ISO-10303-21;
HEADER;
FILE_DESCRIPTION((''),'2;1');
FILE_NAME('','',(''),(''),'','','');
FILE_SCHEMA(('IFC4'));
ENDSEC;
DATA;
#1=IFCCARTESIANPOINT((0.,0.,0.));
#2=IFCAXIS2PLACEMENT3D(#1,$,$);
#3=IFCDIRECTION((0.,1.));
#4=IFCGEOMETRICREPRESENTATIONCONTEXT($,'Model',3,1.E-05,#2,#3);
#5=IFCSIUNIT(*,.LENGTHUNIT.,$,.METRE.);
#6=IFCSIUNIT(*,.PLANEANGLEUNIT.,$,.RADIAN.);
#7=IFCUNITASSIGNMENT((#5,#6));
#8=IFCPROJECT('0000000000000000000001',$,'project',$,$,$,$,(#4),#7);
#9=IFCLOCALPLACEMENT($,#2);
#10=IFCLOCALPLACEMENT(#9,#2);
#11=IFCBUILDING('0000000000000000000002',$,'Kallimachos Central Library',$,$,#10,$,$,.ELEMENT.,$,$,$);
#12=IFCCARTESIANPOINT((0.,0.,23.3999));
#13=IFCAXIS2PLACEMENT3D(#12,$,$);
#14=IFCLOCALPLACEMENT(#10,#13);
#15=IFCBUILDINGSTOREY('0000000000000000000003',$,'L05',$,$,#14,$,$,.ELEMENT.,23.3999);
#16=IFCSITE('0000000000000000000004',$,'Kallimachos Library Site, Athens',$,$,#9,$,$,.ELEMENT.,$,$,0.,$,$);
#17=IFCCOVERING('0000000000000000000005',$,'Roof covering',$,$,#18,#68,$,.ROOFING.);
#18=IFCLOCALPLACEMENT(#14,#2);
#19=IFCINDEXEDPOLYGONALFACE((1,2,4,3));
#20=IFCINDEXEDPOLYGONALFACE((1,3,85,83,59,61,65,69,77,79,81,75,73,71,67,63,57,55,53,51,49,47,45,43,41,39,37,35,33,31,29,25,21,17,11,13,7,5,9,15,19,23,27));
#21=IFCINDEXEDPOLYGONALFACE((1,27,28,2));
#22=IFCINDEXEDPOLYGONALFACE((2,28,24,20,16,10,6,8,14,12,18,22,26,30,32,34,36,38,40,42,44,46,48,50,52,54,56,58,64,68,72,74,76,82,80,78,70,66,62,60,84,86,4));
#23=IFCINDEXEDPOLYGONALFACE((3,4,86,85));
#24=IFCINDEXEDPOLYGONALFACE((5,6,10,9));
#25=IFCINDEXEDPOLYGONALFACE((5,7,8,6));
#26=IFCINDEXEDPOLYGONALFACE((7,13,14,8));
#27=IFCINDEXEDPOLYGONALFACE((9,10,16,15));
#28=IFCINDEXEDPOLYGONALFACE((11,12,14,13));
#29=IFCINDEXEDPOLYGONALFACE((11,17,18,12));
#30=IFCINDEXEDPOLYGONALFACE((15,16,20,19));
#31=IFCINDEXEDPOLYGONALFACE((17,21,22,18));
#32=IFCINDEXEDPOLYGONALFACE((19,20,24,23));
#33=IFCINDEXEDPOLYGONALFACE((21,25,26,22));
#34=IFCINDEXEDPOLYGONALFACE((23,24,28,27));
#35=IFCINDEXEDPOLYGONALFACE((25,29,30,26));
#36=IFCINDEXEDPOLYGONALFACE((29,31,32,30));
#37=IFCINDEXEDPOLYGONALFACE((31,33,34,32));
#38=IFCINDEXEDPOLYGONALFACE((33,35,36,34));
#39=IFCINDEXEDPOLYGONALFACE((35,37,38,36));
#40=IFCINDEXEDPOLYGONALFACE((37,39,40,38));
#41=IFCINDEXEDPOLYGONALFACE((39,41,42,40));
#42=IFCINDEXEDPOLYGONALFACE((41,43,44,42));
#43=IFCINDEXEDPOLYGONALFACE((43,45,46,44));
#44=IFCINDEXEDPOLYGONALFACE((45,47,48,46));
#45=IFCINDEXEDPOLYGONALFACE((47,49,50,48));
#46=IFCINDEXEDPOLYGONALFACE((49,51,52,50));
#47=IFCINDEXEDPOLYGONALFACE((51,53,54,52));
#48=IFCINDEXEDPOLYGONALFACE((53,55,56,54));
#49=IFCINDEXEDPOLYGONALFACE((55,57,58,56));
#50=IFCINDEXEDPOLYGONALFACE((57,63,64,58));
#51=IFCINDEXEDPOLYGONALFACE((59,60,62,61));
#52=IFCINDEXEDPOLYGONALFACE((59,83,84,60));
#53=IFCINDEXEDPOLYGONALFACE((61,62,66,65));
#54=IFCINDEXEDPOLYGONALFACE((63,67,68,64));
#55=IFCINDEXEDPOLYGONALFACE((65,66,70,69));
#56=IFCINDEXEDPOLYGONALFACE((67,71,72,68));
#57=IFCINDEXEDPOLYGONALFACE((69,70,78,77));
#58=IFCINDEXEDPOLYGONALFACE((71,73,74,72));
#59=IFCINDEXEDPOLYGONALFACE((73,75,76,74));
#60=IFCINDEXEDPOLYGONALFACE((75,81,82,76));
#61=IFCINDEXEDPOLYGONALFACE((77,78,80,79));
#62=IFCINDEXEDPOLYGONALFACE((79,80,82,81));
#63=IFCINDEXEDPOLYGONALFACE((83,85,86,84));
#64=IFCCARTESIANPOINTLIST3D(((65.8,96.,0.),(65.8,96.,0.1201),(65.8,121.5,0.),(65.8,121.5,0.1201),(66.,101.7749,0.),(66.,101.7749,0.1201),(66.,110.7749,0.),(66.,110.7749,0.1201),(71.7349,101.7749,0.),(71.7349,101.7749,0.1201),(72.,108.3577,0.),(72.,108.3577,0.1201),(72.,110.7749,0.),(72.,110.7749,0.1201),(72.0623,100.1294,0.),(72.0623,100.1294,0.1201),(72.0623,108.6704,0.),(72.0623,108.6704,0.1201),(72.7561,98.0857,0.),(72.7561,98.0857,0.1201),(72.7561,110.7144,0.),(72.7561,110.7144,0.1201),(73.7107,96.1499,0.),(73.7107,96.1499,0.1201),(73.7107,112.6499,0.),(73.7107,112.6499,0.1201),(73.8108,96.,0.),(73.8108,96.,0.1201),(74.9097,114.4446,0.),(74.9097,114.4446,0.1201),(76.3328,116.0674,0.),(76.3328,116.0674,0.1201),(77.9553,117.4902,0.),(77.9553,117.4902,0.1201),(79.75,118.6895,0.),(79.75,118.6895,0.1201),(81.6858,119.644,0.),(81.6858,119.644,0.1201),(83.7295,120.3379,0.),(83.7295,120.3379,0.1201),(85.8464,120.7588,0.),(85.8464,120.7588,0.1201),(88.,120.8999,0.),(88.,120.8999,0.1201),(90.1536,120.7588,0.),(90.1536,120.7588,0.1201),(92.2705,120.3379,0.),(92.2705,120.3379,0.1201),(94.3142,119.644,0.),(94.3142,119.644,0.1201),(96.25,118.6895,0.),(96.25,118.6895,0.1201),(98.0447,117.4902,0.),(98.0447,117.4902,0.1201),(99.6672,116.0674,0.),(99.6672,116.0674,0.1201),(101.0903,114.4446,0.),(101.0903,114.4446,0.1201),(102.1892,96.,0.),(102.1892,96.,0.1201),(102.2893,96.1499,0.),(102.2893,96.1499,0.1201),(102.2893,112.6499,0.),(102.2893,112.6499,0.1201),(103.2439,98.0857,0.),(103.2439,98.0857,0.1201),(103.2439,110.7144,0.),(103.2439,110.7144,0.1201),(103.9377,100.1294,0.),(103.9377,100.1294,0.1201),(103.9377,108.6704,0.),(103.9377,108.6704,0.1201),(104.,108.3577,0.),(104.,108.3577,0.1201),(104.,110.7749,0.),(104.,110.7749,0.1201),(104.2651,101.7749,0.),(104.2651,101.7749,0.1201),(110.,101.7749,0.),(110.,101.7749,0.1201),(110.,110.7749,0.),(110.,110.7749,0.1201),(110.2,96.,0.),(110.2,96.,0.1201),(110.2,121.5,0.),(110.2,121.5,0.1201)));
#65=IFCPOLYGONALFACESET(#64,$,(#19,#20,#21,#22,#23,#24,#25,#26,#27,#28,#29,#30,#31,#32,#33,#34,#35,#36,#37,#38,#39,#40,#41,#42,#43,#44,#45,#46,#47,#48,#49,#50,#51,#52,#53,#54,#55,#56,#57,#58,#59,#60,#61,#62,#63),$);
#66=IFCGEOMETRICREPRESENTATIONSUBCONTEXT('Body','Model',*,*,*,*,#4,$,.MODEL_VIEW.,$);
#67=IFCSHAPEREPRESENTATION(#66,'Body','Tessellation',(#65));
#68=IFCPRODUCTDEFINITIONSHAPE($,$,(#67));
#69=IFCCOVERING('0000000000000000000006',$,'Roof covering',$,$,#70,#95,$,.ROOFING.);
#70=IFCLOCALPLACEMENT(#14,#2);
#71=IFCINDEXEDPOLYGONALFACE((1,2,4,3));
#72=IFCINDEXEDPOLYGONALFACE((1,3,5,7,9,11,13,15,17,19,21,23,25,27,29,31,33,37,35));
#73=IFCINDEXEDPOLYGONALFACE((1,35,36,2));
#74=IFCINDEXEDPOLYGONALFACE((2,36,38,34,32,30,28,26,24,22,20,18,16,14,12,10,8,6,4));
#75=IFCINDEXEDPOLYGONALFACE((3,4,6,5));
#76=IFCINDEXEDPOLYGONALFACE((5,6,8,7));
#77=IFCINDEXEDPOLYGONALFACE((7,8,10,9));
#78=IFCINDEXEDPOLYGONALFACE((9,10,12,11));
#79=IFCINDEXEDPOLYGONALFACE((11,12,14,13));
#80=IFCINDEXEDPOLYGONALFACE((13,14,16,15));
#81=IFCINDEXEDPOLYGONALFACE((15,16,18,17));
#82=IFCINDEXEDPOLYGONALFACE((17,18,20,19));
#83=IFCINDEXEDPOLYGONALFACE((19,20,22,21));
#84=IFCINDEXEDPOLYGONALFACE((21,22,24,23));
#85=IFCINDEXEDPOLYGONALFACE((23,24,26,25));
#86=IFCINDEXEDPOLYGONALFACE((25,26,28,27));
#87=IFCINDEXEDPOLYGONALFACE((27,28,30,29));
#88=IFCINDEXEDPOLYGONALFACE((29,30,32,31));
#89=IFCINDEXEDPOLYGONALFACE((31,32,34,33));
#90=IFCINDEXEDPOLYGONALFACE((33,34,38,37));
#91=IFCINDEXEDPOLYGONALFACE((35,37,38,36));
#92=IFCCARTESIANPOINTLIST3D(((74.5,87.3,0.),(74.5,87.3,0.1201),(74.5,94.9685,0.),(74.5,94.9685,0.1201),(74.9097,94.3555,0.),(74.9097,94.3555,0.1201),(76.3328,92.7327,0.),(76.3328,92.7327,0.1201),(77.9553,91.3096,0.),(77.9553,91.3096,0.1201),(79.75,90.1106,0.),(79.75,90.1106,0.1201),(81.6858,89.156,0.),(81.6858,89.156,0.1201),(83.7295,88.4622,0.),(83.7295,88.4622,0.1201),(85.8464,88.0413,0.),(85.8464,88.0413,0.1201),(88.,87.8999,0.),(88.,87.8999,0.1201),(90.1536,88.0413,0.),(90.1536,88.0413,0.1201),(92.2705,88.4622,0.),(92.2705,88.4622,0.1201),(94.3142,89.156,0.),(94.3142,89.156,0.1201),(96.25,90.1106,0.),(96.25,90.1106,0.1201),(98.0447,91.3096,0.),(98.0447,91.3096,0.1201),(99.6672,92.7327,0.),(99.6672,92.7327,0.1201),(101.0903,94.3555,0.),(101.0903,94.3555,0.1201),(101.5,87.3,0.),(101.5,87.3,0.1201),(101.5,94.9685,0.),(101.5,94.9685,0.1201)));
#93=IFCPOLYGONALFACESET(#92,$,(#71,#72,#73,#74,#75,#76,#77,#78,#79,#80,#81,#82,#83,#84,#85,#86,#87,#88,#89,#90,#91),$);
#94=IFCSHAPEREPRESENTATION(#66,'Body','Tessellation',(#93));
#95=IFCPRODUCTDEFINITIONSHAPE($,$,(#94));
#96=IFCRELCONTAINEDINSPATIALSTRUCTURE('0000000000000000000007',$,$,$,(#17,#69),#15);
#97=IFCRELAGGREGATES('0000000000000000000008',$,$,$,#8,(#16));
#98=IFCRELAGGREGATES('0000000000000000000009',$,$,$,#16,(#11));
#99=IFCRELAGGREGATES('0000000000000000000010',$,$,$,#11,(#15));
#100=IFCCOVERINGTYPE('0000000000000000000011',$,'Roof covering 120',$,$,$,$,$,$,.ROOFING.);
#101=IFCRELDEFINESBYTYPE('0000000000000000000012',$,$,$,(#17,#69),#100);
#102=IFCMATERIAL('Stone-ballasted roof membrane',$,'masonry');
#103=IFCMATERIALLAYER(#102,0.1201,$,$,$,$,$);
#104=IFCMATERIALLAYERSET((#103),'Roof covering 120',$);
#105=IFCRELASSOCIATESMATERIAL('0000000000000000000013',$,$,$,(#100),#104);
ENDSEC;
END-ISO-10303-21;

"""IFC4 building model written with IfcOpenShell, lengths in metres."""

from ifc_helpers import new_model, si_unit, direction, frame, origin, place, context, subcontext, project, spatial, polyline, outline, extrude, material, layer, layer_set, type_object, element, save


model = new_model("IFC4")

# Units and contexts
model_context = context("Model", 3, precision=1e-05, world=origin(), true_north=direction((0.0, 1.0)))
body_context = subcontext(model_context, "Body", "Model", "MODEL_VIEW")
ifc_project = project(units=[si_unit("LENGTHUNIT", "METRE"), si_unit("PLANEANGLEUNIT", "RADIAN")], contexts=[model_context])

# Site, building, storey
site_placement = place(None, origin())
site = spatial("IfcSite", under=ifc_project, at=site_placement, Name="Kallimachos Library Site, Athens", CompositionType="ELEMENT", RefElevation=0.0)
building_placement = place(site_placement, origin())
building = spatial("IfcBuilding", under=site, at=building_placement, Name="Kallimachos Central Library", CompositionType="ELEMENT")
storey_placement = place(building_placement, frame((0.0, 0.0, 23.3999)))
storey = spatial("IfcBuildingStorey", under=building, at=storey_placement, Name="L05", CompositionType="ELEMENT", Elevation=23.3999)

# Coverings
ifc_material_1 = material(Name="Stone-ballasted roof membrane", Category="masonry")
ifc_layer_1 = layer(ifc_material_1, 0.1201)
ifc_layer_set_1 = layer_set([ifc_layer_1], Name="Roof covering 120")
covering_type = type_object("IfcCoveringType", Name="Roof covering 120", PredefinedType="ROOFING", material=ifc_layer_set_1)
covering_1_placement = place(storey_placement, origin())
element("IfcCovering", 1, at=covering_1_placement, inside=storey, type_object=covering_type, Name="Roof covering", PredefinedType="ROOFING", context=body_context, shape_type="SweptSolid", body=[
    extrude(outline(polyline([(65.8, 121.5), (110.2, 121.5), (110.2, 96.0), (102.1892, 96.0), (102.2893, 96.1499), (103.2439, 98.0857), (103.9377, 100.1294), (104.2651, 101.7749), (110.0, 101.7749), (110.0, 110.7749), (104.0, 110.7749), (104.0, 108.3577), (103.9377, 108.6704), (103.2439, 110.7144), (102.2893, 112.6499), (101.0903, 114.4446), (99.6672, 116.0674), (98.0447, 117.4902), (96.25, 118.6895), (94.3142, 119.644), (92.2705, 120.3379), (90.1536, 120.7588), (88.0, 120.8999), (85.8464, 120.7588), (83.7295, 120.3379), (81.6858, 119.644), (79.75, 118.6895), (77.9553, 117.4902), (76.3328, 116.0674), (74.9097, 114.4446), (73.7107, 112.6499), (72.7561, 110.7144), (72.0623, 108.6704), (72.0, 108.3577), (72.0, 110.7749), (66.0, 110.7749), (66.0, 101.7749), (71.7349, 101.7749), (72.0623, 100.1294), (72.7561, 98.0857), (73.7107, 96.1499), (73.8108, 96.0), (65.8, 96.0), (65.8, 121.5)])), origin(), (0.0, 0.0, 1.0), 0.1201),
])
covering_2_placement = place(storey_placement, origin())
element("IfcCovering", 2, at=covering_2_placement, inside=storey, type_object=covering_type, Name="Roof covering", PredefinedType="ROOFING", context=body_context, shape_type="SweptSolid", body=[
    extrude(outline(polyline([(74.5, 87.3), (74.5, 94.9685), (74.9097, 94.3555), (76.3328, 92.7327), (77.9553, 91.3096), (79.75, 90.1106), (81.6858, 89.156), (83.7295, 88.4622), (85.8464, 88.0413), (88.0, 87.8999), (90.1536, 88.0413), (92.2705, 88.4622), (94.3142, 89.156), (96.25, 90.1106), (98.0447, 91.3096), (99.6672, 92.7327), (101.0903, 94.3555), (101.5, 94.9685), (101.5, 87.3), (74.5, 87.3)])), origin(), (0.0, 0.0, 1.0), 0.1201),
])

save(model, "model.ifc")
